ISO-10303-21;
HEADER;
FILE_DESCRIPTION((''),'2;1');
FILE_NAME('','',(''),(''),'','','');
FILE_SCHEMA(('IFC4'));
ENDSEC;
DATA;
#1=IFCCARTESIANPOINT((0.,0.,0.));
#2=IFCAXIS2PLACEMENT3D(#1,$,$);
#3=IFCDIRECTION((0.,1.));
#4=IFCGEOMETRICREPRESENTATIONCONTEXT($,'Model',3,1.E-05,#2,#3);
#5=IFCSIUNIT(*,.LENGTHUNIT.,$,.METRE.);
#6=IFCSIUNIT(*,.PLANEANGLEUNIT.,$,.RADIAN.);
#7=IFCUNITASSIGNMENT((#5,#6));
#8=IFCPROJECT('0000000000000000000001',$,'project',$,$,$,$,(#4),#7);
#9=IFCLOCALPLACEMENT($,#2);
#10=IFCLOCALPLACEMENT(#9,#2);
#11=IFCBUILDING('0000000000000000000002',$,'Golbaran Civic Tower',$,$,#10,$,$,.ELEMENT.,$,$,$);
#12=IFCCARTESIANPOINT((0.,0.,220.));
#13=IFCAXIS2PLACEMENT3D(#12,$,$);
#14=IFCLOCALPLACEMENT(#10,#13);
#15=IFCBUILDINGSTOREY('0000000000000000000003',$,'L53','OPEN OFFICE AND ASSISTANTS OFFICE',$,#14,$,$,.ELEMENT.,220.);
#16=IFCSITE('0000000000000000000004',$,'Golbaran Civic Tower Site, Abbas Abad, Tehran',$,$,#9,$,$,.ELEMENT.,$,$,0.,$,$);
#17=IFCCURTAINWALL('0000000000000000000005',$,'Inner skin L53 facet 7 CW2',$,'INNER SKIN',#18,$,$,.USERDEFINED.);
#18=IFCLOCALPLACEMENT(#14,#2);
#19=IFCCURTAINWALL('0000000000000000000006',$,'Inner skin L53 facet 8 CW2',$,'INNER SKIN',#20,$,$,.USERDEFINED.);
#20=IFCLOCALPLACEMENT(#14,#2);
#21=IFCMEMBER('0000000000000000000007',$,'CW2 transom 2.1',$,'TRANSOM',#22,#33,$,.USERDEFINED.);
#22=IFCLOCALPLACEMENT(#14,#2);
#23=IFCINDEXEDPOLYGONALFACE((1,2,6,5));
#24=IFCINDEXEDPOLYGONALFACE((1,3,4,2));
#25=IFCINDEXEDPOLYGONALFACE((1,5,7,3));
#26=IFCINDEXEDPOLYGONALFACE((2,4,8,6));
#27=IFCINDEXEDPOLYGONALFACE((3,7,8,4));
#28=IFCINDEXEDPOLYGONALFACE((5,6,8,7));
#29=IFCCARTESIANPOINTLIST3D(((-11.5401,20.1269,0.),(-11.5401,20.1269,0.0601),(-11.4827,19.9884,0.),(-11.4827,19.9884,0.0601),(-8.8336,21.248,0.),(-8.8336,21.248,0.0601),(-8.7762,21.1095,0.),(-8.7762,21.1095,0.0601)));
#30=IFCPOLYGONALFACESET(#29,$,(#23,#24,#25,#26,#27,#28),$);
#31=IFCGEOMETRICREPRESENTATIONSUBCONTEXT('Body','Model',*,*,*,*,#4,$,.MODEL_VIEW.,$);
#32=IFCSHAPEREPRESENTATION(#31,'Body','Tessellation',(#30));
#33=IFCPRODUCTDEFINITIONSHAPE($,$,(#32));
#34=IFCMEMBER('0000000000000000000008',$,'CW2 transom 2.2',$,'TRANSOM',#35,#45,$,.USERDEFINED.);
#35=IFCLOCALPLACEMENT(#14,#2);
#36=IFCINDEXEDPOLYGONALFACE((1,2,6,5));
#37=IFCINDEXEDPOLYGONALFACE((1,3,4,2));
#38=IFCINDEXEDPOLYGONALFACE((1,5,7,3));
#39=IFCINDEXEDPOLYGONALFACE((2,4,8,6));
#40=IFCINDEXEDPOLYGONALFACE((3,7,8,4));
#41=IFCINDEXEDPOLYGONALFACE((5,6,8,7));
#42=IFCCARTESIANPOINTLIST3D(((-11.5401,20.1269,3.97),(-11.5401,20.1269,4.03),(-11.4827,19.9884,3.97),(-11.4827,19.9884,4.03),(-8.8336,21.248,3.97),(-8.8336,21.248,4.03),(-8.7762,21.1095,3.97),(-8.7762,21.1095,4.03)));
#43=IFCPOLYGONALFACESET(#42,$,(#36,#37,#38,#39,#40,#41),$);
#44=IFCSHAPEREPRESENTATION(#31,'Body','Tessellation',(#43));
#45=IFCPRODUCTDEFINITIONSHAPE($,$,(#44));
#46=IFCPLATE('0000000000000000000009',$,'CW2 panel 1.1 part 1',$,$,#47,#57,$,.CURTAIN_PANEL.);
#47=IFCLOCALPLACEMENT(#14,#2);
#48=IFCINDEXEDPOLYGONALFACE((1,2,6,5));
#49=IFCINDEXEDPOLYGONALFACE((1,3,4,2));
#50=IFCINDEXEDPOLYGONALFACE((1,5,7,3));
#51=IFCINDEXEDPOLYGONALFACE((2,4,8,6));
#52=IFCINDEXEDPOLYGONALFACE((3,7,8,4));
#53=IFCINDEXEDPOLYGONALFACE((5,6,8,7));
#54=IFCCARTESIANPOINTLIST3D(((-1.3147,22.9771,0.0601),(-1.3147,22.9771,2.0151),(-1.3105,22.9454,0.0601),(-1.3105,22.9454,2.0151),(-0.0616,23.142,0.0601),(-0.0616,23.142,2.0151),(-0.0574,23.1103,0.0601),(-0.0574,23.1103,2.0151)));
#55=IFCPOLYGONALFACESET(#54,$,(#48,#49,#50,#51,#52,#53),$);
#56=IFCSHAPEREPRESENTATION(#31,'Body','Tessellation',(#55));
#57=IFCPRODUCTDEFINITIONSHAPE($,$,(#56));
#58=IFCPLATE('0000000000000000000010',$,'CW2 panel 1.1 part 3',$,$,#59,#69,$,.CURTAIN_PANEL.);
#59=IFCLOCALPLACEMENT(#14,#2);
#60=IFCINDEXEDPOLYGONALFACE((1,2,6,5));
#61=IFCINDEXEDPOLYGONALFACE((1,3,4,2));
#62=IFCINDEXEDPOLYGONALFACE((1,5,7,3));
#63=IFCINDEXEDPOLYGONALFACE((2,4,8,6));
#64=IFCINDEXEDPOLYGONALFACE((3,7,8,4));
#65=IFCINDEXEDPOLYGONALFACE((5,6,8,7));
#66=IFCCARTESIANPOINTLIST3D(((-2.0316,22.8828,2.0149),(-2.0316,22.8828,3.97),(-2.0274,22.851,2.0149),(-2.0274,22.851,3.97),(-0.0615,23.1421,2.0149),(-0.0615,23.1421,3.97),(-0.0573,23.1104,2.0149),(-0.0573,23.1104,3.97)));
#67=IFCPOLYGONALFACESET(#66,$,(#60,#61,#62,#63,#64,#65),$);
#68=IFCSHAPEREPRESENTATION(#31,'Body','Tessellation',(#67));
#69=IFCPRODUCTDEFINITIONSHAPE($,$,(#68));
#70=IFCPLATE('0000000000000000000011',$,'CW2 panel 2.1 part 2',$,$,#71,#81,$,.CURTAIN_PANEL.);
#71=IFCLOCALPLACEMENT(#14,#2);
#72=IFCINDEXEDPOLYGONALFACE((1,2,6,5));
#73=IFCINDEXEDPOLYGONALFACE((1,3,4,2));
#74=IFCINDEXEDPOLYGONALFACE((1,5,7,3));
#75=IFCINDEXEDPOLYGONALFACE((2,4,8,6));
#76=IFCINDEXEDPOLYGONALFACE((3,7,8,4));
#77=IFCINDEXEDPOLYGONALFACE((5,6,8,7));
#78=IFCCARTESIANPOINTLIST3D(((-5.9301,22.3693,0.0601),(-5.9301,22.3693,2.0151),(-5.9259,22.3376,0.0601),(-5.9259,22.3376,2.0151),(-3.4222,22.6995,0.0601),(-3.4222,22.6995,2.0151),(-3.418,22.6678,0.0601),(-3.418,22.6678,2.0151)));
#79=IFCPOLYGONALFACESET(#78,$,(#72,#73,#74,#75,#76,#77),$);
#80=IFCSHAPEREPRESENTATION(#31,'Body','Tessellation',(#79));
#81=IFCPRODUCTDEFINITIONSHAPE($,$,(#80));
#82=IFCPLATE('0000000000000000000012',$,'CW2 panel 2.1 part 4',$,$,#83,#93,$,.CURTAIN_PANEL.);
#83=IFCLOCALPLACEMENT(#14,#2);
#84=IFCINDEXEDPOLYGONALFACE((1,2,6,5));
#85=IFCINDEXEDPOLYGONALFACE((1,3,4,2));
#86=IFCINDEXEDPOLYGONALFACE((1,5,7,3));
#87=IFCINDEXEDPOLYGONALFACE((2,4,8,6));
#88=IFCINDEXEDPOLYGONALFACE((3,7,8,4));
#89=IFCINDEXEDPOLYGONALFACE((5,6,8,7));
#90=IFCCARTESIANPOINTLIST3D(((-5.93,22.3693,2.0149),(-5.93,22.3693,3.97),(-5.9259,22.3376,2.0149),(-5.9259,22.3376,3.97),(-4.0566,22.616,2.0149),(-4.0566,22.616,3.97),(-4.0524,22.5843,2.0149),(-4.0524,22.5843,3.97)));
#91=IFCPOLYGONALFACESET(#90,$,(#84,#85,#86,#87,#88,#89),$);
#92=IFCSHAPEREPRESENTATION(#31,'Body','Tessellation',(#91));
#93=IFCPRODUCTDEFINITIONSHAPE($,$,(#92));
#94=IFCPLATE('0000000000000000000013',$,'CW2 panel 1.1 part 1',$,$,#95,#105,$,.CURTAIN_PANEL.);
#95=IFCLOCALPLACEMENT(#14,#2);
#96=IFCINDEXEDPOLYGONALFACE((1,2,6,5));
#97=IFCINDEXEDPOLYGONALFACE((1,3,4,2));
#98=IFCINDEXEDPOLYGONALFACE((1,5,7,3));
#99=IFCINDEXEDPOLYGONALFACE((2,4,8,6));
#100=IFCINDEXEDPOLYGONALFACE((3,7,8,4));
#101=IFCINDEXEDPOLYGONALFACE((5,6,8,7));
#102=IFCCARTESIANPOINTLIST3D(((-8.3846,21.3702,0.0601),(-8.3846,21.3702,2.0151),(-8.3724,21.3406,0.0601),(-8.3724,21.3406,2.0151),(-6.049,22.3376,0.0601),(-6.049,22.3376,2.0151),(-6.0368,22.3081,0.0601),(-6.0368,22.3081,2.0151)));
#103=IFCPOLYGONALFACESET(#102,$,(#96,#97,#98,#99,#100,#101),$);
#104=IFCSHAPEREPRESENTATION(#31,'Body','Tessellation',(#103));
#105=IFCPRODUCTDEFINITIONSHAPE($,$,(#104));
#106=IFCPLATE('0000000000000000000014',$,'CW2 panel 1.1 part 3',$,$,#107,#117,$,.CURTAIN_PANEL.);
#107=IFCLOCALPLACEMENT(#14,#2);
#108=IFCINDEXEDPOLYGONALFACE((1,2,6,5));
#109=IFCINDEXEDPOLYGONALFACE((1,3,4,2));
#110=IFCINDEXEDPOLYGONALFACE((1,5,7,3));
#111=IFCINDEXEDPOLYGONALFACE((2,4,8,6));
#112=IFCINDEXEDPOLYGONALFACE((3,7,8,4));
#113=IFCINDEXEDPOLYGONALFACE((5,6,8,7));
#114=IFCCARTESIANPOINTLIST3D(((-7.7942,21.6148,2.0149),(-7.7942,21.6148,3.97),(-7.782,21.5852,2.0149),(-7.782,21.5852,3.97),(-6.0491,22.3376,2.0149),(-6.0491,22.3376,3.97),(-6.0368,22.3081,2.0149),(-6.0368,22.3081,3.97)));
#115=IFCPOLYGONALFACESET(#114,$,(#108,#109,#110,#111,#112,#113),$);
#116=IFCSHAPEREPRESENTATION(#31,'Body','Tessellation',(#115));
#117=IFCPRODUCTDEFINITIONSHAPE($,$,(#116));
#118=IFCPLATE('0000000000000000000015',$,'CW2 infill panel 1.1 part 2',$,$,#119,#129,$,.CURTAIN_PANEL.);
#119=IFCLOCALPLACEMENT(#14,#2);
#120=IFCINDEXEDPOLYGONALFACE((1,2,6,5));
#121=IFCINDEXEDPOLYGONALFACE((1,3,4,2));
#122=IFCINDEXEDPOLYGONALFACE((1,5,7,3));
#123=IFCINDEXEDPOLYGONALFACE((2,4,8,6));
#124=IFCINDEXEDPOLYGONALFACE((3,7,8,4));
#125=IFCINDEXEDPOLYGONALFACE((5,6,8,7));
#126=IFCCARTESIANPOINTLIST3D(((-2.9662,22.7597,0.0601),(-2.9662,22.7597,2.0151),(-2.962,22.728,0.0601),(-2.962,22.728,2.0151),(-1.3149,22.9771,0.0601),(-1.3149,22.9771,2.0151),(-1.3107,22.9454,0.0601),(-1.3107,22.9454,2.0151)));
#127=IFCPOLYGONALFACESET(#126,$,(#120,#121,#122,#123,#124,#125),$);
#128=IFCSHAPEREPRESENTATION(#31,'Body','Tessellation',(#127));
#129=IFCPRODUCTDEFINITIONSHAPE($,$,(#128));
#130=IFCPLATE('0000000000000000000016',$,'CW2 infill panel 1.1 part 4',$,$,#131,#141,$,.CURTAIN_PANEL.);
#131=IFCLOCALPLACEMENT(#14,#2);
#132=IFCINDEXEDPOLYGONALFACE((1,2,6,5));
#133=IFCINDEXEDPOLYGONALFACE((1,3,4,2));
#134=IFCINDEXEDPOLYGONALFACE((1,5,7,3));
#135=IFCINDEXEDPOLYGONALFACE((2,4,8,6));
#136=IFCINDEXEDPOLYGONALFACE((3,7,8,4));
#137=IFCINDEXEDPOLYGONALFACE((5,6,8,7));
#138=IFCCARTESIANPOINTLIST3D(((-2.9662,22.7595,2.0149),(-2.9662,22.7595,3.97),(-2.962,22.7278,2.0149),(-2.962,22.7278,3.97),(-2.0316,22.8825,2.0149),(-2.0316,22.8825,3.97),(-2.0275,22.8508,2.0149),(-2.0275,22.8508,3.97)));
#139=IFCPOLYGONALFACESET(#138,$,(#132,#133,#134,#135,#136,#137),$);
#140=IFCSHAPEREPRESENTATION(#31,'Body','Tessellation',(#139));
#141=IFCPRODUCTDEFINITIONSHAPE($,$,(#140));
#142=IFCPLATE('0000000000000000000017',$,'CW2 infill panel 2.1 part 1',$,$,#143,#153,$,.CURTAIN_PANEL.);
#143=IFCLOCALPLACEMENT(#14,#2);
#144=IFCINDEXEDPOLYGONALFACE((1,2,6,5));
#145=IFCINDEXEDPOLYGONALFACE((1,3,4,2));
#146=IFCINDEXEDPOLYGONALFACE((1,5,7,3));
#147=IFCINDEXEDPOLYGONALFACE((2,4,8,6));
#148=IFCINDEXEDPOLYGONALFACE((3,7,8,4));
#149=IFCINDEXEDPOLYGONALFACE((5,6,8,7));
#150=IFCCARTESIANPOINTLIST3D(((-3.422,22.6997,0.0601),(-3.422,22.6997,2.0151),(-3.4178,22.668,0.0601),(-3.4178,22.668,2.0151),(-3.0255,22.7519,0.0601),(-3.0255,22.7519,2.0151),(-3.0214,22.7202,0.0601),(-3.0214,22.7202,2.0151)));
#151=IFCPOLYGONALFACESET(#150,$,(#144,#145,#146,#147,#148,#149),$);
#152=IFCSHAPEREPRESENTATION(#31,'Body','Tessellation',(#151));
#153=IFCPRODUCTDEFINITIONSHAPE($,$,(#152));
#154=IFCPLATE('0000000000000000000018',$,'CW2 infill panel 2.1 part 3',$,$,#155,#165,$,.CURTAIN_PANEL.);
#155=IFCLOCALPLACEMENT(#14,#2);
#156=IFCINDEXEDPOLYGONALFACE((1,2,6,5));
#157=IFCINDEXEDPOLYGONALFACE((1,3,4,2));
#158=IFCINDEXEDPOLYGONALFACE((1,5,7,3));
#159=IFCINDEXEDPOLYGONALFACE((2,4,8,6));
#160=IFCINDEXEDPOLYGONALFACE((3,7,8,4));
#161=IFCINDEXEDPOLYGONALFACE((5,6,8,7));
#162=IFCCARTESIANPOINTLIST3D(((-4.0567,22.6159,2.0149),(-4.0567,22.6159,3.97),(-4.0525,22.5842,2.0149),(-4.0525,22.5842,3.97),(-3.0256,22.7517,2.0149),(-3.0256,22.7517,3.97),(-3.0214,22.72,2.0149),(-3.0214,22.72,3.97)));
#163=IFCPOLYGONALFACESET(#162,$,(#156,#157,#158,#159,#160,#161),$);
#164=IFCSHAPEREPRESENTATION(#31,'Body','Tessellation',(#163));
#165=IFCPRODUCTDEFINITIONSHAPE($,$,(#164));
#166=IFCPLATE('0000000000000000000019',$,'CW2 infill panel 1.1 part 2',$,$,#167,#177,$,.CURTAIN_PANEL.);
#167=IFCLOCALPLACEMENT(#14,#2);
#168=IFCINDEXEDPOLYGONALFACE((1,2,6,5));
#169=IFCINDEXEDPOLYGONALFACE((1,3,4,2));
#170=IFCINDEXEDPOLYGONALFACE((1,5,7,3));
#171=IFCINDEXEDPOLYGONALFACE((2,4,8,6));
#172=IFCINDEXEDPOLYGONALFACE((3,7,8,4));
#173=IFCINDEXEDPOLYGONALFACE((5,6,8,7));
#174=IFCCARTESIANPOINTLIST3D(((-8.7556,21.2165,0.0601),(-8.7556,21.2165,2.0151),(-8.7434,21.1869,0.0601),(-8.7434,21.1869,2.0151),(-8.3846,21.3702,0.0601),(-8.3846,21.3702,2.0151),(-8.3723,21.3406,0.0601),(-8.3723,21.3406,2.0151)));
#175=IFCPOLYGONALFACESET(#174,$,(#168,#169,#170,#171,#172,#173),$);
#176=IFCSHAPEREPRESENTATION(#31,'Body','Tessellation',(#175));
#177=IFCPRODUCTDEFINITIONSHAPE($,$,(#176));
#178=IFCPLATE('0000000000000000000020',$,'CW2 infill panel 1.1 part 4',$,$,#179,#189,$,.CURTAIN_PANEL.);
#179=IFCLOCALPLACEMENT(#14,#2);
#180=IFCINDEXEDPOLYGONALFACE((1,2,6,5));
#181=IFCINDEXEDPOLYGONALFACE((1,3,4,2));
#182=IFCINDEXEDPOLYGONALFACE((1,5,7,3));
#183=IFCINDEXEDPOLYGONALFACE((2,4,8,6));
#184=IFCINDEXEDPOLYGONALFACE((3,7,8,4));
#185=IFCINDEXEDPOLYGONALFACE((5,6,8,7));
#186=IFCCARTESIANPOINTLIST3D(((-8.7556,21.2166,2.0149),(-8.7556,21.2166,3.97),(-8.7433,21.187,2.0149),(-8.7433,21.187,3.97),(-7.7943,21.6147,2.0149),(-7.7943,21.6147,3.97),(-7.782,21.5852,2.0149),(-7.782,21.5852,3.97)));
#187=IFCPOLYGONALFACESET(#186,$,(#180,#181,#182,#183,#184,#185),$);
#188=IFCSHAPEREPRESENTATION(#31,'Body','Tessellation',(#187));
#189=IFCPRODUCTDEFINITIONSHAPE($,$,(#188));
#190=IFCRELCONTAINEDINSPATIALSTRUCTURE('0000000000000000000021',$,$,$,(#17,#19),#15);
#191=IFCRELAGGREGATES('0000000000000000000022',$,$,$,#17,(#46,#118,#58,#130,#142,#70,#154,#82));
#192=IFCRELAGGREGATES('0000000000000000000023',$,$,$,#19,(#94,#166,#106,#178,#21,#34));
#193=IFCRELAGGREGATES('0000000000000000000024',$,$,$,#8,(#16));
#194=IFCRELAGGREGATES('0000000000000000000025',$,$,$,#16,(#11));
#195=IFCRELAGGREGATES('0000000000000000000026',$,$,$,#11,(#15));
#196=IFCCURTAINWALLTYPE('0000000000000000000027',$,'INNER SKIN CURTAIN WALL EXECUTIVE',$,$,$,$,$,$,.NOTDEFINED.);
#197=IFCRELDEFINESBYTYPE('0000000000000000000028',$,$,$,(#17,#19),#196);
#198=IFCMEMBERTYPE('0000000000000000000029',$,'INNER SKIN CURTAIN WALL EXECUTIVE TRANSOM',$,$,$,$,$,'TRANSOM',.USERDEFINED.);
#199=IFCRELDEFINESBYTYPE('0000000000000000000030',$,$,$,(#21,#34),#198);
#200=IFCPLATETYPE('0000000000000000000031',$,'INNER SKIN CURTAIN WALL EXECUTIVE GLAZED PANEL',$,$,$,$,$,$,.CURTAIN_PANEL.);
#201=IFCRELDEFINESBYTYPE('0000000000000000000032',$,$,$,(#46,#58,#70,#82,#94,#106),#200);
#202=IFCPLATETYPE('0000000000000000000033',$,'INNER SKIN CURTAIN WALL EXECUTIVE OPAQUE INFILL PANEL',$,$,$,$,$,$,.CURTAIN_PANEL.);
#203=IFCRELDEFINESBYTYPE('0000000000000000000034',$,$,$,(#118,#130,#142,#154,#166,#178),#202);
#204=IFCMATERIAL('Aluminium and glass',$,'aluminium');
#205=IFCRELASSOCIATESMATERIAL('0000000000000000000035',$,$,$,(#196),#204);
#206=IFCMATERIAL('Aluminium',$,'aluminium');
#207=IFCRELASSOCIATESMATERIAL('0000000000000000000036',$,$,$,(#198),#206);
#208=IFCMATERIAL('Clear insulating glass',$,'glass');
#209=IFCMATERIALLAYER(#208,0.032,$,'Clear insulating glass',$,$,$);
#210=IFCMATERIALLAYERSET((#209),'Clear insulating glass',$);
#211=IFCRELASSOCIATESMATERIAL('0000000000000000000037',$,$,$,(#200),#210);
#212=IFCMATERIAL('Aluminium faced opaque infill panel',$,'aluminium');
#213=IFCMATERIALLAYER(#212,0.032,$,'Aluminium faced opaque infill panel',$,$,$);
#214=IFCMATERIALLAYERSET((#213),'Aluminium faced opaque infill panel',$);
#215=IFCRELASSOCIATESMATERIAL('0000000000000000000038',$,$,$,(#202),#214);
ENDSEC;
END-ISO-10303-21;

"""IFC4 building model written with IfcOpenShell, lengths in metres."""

from ifc_helpers import new_model, si_unit, direction, frame, origin, origin_2d, place, context, subcontext, project, spatial, rectangle, extrude, material, layer, layer_set, material_profile, profile_set, type_object, element, aggregate, save


model = new_model("IFC4")

# Units and contexts
model_context = context("Model", 3, precision=1e-05, world=origin(), true_north=direction((0.0, 1.0)))
body_context = subcontext(model_context, "Body", "Model", "MODEL_VIEW")
ifc_project = project(units=[si_unit("LENGTHUNIT", "METRE"), si_unit("PLANEANGLEUNIT", "RADIAN")], contexts=[model_context])

# Site, building, storey
site_placement = place(None, origin())
site = spatial("IfcSite", under=ifc_project, at=site_placement, Name="Golbaran Civic Tower Site, Abbas Abad, Tehran", CompositionType="ELEMENT", RefElevation=0.0)
building_placement = place(site_placement, origin())
building = spatial("IfcBuilding", under=site, at=building_placement, Name="Golbaran Civic Tower", CompositionType="ELEMENT")
storey_placement = place(building_placement, frame((0.0, 0.0, 220.0)))
storey = spatial("IfcBuildingStorey", under=building, at=storey_placement, Name="L53", Description="OPEN OFFICE AND ASSISTANTS OFFICE", CompositionType="ELEMENT", Elevation=220.0)

# Curtain walls
ifc_material_1 = material(Name="Aluminium and glass", Category="aluminium")
curtain_wall_type = type_object("IfcCurtainWallType", Name="INNER SKIN CURTAIN WALL EXECUTIVE", PredefinedType="NOTDEFINED", material=ifc_material_1)
curtain_wall_1_placement = place(storey_placement, origin())
curtain_wall_1 = element("IfcCurtainWall", 1, at=curtain_wall_1_placement, inside=storey, type_object=curtain_wall_type, Name="Inner skin L53 facet 7 CW2", ObjectType="INNER SKIN", PredefinedType="USERDEFINED")
ifc_material_2 = material(Name="Aluminium", Category="aluminium")
curtain_wall_2_placement = place(storey_placement, origin())
curtain_wall_2 = element("IfcCurtainWall", 2, at=curtain_wall_2_placement, inside=storey, type_object=curtain_wall_type, Name="Inner skin L53 facet 8 CW2", ObjectType="INNER SKIN", PredefinedType="USERDEFINED")

# Members
ifc_material_profile_1 = material_profile(ifc_material_2, rectangle(XDim=0.1499, YDim=0.0601, at=origin_2d()), Name="INNER SKIN CURTAIN WALL EXECUTIVE TRANSOM")
ifc_profile_set_1 = profile_set([ifc_material_profile_1], Name="Aluminium")
member_type_1 = type_object("IfcMemberType", Name="INNER SKIN CURTAIN WALL EXECUTIVE TRANSOM", ElementType="TRANSOM", PredefinedType="USERDEFINED", material=ifc_profile_set_1)
member_1_placement = place(storey_placement, frame((-8.8049, 21.1787, 0.03), z_axis=(-0.923879, -0.382685, 0.0), x_axis=(0.382685, -0.923879, 0.0)))
member_1 = element("IfcMember", 3, at=member_1_placement, type_object=member_type_1, Name="CW2 transom 2.1", ObjectType="TRANSOM", PredefinedType="USERDEFINED", context=body_context, shape_type="SweptSolid", body=[
    extrude(rectangle(XDim=0.1499, YDim=0.0601, at=origin_2d()), origin(), (0.0, 0.0, 1.0), 2.9294),
])
member_2_placement = place(storey_placement, frame((-8.8049, 21.1787, 4.0), z_axis=(-0.923879, -0.382685, 0.0), x_axis=(0.382685, -0.923879, 0.0)))
member_2 = element("IfcMember", 4, at=member_2_placement, type_object=member_type_1, Name="CW2 transom 2.2", ObjectType="TRANSOM", PredefinedType="USERDEFINED", context=body_context, shape_type="SweptSolid", body=[
    extrude(rectangle(XDim=0.1499, YDim=0.0601, at=origin_2d()), origin(), (0.0, 0.0, 1.0), 2.9294),
])

# Plates
ifc_material_3 = material(Name="Clear insulating glass", Category="glass")
ifc_layer_1 = layer(ifc_material_3, 0.032, Name="Clear insulating glass")
ifc_layer_set_1 = layer_set([ifc_layer_1], Name="Clear insulating glass")
plate_type_1 = type_object("IfcPlateType", Name="INNER SKIN CURTAIN WALL EXECUTIVE GLAZED PANEL", PredefinedType="CURTAIN_PANEL", material=ifc_layer_set_1)
plate_1_placement = place(storey_placement, frame((-0.686, 23.0437, 0.0601), z_axis=(0.0, 0.0, 1.0), x_axis=(-0.991445, -0.130526, 0.0)))
plate_1 = element("IfcPlate", 5, at=plate_1_placement, type_object=plate_type_1, Name="CW2 panel 1.1 part 1", PredefinedType="CURTAIN_PANEL", context=body_context, shape_type="SweptSolid", body=[
    extrude(rectangle(XDim=1.2639, YDim=0.032, at=origin_2d()), origin(), (0.0, 0.0, 1.0), 1.9551),
])
plate_2_placement = place(storey_placement, frame((-1.0444, 22.9966, 2.0149), z_axis=(0.0, 0.0, 1.0), x_axis=(-0.991445, -0.130526, 0.0)))
plate_2 = element("IfcPlate", 6, at=plate_2_placement, type_object=plate_type_1, Name="CW2 panel 1.1 part 3", PredefinedType="CURTAIN_PANEL", context=body_context, shape_type="SweptSolid", body=[
    extrude(rectangle(XDim=1.9871, YDim=0.032, at=origin_2d()), origin(), (0.0, 0.0, 1.0), 1.9551),
])
plate_3_placement = place(storey_placement, frame((-4.6741, 22.5186, 0.0601), z_axis=(0.0, 0.0, 1.0), x_axis=(-0.991445, -0.130526, 0.0)))
plate_3 = element("IfcPlate", 7, at=plate_3_placement, type_object=plate_type_1, Name="CW2 panel 2.1 part 2", PredefinedType="CURTAIN_PANEL", context=body_context, shape_type="SweptSolid", body=[
    extrude(rectangle(XDim=2.5295, YDim=0.032, at=origin_2d()), origin(), (0.0, 0.0, 1.0), 1.9551),
])
plate_4_placement = place(storey_placement, frame((-4.9912, 22.4768, 2.0149), z_axis=(0.0, 0.0, 1.0), x_axis=(-0.991445, -0.130526, 0.0)))
plate_4 = element("IfcPlate", 8, at=plate_4_placement, type_object=plate_type_1, Name="CW2 panel 2.1 part 4", PredefinedType="CURTAIN_PANEL", context=body_context, shape_type="SweptSolid", body=[
    extrude(rectangle(XDim=1.8896, YDim=0.032, at=origin_2d()), origin(), (0.0, 0.0, 1.0), 1.9551),
])
plate_5_placement = place(storey_placement, frame((-7.2107, 21.8391, 0.0601), z_axis=(0.0, 0.0, 1.0), x_axis=(-0.92388, -0.382683, 0.0)))
plate_5 = element("IfcPlate", 9, at=plate_5_placement, type_object=plate_type_1, Name="CW2 panel 1.1 part 1", PredefinedType="CURTAIN_PANEL", context=body_context, shape_type="SweptSolid", body=[
    extrude(rectangle(XDim=2.5281, YDim=0.032, at=origin_2d()), origin(), (0.0, 0.0, 1.0), 1.9551),
])
plate_6_placement = place(storey_placement, frame((-6.9155, 21.9614, 2.0149), z_axis=(0.0, 0.0, 1.0), x_axis=(-0.92388, -0.382683, 0.0)))
plate_6 = element("IfcPlate", 10, at=plate_6_placement, type_object=plate_type_1, Name="CW2 panel 1.1 part 3", PredefinedType="CURTAIN_PANEL", context=body_context, shape_type="SweptSolid", body=[
    extrude(rectangle(XDim=1.8889, YDim=0.032, at=origin_2d()), origin(), (0.0, 0.0, 1.0), 1.9551),
])
ifc_material_4 = material(Name="Aluminium faced opaque infill panel", Category="aluminium")
ifc_layer_2 = layer(ifc_material_4, 0.032, Name="Aluminium faced opaque infill panel")
ifc_layer_set_2 = layer_set([ifc_layer_2], Name="Aluminium faced opaque infill panel")
plate_type_2 = type_object("IfcPlateType", Name="INNER SKIN CURTAIN WALL EXECUTIVE OPAQUE INFILL PANEL", PredefinedType="CURTAIN_PANEL", material=ifc_layer_set_2)
plate_7_placement = place(storey_placement, frame((-2.1384, 22.8525, 0.0601), z_axis=(0.0, 0.0, 1.0), x_axis=(-0.991445, -0.130526, 0.0)))
plate_7 = element("IfcPlate", 11, at=plate_7_placement, type_object=plate_type_2, Name="CW2 infill panel 1.1 part 2", PredefinedType="CURTAIN_PANEL", context=body_context, shape_type="SweptSolid", body=[
    extrude(rectangle(XDim=1.6655, YDim=0.032, at=origin_2d()), origin(), (0.0, 0.0, 1.0), 1.9551),
])
plate_8_placement = place(storey_placement, frame((-2.4968, 22.8052, 2.0149), z_axis=(0.0, 0.0, 1.0), x_axis=(-0.991445, -0.130526, 0.0)))
plate_8 = element("IfcPlate", 12, at=plate_8_placement, type_object=plate_type_2, Name="CW2 infill panel 1.1 part 4", PredefinedType="CURTAIN_PANEL", context=body_context, shape_type="SweptSolid", body=[
    extrude(rectangle(XDim=0.9426, YDim=0.032, at=origin_2d()), origin(), (0.0, 0.0, 1.0), 1.9551),
])
plate_9_placement = place(storey_placement, frame((-3.2217, 22.71, 0.0601), z_axis=(0.0, 0.0, 1.0), x_axis=(-0.991445, -0.130526, 0.0)))
plate_9 = element("IfcPlate", 13, at=plate_9_placement, type_object=plate_type_2, Name="CW2 infill panel 2.1 part 1", PredefinedType="CURTAIN_PANEL", context=body_context, shape_type="SweptSolid", body=[
    extrude(rectangle(XDim=0.3999, YDim=0.032, at=origin_2d()), origin(), (0.0, 0.0, 1.0), 1.9551),
])
plate_10_placement = place(storey_placement, frame((-3.5391, 22.668, 2.0149), z_axis=(0.0, 0.0, 1.0), x_axis=(-0.991445, -0.130526, 0.0)))
plate_10 = element("IfcPlate", 14, at=plate_10_placement, type_object=plate_type_2, Name="CW2 infill panel 2.1 part 3", PredefinedType="CURTAIN_PANEL", context=body_context, shape_type="SweptSolid", body=[
    extrude(rectangle(XDim=1.04, YDim=0.032, at=origin_2d()), origin(), (0.0, 0.0, 1.0), 1.9551),
])
aggregate(curtain_wall_1, [plate_1, plate_7, plate_2, plate_8, plate_9, plate_3, plate_10, plate_4])
plate_11_placement = place(storey_placement, frame((-8.564, 21.2786, 0.0601), z_axis=(0.0, 0.0, 1.0), x_axis=(-0.92388, -0.382683, 0.0)))
plate_11 = element("IfcPlate", 15, at=plate_11_placement, type_object=plate_type_2, Name="CW2 infill panel 1.1 part 2", PredefinedType="CURTAIN_PANEL", context=body_context, shape_type="SweptSolid", body=[
    extrude(rectangle(XDim=0.4016, YDim=0.032, at=origin_2d()), origin(), (0.0, 0.0, 1.0), 1.9551),
])
plate_12_placement = place(storey_placement, frame((-8.2688, 21.4009, 2.0149), z_axis=(0.0, 0.0, 1.0), x_axis=(-0.92388, -0.382683, 0.0)))
plate_12 = element("IfcPlate", 16, at=plate_12_placement, type_object=plate_type_2, Name="CW2 infill panel 1.1 part 4", PredefinedType="CURTAIN_PANEL", context=body_context, shape_type="SweptSolid", body=[
    extrude(rectangle(XDim=1.0405, YDim=0.032, at=origin_2d()), origin(), (0.0, 0.0, 1.0), 1.9551),
])
aggregate(curtain_wall_2, [plate_5, plate_11, plate_6, plate_12, member_1, member_2])

save(model, "model.ifc")
